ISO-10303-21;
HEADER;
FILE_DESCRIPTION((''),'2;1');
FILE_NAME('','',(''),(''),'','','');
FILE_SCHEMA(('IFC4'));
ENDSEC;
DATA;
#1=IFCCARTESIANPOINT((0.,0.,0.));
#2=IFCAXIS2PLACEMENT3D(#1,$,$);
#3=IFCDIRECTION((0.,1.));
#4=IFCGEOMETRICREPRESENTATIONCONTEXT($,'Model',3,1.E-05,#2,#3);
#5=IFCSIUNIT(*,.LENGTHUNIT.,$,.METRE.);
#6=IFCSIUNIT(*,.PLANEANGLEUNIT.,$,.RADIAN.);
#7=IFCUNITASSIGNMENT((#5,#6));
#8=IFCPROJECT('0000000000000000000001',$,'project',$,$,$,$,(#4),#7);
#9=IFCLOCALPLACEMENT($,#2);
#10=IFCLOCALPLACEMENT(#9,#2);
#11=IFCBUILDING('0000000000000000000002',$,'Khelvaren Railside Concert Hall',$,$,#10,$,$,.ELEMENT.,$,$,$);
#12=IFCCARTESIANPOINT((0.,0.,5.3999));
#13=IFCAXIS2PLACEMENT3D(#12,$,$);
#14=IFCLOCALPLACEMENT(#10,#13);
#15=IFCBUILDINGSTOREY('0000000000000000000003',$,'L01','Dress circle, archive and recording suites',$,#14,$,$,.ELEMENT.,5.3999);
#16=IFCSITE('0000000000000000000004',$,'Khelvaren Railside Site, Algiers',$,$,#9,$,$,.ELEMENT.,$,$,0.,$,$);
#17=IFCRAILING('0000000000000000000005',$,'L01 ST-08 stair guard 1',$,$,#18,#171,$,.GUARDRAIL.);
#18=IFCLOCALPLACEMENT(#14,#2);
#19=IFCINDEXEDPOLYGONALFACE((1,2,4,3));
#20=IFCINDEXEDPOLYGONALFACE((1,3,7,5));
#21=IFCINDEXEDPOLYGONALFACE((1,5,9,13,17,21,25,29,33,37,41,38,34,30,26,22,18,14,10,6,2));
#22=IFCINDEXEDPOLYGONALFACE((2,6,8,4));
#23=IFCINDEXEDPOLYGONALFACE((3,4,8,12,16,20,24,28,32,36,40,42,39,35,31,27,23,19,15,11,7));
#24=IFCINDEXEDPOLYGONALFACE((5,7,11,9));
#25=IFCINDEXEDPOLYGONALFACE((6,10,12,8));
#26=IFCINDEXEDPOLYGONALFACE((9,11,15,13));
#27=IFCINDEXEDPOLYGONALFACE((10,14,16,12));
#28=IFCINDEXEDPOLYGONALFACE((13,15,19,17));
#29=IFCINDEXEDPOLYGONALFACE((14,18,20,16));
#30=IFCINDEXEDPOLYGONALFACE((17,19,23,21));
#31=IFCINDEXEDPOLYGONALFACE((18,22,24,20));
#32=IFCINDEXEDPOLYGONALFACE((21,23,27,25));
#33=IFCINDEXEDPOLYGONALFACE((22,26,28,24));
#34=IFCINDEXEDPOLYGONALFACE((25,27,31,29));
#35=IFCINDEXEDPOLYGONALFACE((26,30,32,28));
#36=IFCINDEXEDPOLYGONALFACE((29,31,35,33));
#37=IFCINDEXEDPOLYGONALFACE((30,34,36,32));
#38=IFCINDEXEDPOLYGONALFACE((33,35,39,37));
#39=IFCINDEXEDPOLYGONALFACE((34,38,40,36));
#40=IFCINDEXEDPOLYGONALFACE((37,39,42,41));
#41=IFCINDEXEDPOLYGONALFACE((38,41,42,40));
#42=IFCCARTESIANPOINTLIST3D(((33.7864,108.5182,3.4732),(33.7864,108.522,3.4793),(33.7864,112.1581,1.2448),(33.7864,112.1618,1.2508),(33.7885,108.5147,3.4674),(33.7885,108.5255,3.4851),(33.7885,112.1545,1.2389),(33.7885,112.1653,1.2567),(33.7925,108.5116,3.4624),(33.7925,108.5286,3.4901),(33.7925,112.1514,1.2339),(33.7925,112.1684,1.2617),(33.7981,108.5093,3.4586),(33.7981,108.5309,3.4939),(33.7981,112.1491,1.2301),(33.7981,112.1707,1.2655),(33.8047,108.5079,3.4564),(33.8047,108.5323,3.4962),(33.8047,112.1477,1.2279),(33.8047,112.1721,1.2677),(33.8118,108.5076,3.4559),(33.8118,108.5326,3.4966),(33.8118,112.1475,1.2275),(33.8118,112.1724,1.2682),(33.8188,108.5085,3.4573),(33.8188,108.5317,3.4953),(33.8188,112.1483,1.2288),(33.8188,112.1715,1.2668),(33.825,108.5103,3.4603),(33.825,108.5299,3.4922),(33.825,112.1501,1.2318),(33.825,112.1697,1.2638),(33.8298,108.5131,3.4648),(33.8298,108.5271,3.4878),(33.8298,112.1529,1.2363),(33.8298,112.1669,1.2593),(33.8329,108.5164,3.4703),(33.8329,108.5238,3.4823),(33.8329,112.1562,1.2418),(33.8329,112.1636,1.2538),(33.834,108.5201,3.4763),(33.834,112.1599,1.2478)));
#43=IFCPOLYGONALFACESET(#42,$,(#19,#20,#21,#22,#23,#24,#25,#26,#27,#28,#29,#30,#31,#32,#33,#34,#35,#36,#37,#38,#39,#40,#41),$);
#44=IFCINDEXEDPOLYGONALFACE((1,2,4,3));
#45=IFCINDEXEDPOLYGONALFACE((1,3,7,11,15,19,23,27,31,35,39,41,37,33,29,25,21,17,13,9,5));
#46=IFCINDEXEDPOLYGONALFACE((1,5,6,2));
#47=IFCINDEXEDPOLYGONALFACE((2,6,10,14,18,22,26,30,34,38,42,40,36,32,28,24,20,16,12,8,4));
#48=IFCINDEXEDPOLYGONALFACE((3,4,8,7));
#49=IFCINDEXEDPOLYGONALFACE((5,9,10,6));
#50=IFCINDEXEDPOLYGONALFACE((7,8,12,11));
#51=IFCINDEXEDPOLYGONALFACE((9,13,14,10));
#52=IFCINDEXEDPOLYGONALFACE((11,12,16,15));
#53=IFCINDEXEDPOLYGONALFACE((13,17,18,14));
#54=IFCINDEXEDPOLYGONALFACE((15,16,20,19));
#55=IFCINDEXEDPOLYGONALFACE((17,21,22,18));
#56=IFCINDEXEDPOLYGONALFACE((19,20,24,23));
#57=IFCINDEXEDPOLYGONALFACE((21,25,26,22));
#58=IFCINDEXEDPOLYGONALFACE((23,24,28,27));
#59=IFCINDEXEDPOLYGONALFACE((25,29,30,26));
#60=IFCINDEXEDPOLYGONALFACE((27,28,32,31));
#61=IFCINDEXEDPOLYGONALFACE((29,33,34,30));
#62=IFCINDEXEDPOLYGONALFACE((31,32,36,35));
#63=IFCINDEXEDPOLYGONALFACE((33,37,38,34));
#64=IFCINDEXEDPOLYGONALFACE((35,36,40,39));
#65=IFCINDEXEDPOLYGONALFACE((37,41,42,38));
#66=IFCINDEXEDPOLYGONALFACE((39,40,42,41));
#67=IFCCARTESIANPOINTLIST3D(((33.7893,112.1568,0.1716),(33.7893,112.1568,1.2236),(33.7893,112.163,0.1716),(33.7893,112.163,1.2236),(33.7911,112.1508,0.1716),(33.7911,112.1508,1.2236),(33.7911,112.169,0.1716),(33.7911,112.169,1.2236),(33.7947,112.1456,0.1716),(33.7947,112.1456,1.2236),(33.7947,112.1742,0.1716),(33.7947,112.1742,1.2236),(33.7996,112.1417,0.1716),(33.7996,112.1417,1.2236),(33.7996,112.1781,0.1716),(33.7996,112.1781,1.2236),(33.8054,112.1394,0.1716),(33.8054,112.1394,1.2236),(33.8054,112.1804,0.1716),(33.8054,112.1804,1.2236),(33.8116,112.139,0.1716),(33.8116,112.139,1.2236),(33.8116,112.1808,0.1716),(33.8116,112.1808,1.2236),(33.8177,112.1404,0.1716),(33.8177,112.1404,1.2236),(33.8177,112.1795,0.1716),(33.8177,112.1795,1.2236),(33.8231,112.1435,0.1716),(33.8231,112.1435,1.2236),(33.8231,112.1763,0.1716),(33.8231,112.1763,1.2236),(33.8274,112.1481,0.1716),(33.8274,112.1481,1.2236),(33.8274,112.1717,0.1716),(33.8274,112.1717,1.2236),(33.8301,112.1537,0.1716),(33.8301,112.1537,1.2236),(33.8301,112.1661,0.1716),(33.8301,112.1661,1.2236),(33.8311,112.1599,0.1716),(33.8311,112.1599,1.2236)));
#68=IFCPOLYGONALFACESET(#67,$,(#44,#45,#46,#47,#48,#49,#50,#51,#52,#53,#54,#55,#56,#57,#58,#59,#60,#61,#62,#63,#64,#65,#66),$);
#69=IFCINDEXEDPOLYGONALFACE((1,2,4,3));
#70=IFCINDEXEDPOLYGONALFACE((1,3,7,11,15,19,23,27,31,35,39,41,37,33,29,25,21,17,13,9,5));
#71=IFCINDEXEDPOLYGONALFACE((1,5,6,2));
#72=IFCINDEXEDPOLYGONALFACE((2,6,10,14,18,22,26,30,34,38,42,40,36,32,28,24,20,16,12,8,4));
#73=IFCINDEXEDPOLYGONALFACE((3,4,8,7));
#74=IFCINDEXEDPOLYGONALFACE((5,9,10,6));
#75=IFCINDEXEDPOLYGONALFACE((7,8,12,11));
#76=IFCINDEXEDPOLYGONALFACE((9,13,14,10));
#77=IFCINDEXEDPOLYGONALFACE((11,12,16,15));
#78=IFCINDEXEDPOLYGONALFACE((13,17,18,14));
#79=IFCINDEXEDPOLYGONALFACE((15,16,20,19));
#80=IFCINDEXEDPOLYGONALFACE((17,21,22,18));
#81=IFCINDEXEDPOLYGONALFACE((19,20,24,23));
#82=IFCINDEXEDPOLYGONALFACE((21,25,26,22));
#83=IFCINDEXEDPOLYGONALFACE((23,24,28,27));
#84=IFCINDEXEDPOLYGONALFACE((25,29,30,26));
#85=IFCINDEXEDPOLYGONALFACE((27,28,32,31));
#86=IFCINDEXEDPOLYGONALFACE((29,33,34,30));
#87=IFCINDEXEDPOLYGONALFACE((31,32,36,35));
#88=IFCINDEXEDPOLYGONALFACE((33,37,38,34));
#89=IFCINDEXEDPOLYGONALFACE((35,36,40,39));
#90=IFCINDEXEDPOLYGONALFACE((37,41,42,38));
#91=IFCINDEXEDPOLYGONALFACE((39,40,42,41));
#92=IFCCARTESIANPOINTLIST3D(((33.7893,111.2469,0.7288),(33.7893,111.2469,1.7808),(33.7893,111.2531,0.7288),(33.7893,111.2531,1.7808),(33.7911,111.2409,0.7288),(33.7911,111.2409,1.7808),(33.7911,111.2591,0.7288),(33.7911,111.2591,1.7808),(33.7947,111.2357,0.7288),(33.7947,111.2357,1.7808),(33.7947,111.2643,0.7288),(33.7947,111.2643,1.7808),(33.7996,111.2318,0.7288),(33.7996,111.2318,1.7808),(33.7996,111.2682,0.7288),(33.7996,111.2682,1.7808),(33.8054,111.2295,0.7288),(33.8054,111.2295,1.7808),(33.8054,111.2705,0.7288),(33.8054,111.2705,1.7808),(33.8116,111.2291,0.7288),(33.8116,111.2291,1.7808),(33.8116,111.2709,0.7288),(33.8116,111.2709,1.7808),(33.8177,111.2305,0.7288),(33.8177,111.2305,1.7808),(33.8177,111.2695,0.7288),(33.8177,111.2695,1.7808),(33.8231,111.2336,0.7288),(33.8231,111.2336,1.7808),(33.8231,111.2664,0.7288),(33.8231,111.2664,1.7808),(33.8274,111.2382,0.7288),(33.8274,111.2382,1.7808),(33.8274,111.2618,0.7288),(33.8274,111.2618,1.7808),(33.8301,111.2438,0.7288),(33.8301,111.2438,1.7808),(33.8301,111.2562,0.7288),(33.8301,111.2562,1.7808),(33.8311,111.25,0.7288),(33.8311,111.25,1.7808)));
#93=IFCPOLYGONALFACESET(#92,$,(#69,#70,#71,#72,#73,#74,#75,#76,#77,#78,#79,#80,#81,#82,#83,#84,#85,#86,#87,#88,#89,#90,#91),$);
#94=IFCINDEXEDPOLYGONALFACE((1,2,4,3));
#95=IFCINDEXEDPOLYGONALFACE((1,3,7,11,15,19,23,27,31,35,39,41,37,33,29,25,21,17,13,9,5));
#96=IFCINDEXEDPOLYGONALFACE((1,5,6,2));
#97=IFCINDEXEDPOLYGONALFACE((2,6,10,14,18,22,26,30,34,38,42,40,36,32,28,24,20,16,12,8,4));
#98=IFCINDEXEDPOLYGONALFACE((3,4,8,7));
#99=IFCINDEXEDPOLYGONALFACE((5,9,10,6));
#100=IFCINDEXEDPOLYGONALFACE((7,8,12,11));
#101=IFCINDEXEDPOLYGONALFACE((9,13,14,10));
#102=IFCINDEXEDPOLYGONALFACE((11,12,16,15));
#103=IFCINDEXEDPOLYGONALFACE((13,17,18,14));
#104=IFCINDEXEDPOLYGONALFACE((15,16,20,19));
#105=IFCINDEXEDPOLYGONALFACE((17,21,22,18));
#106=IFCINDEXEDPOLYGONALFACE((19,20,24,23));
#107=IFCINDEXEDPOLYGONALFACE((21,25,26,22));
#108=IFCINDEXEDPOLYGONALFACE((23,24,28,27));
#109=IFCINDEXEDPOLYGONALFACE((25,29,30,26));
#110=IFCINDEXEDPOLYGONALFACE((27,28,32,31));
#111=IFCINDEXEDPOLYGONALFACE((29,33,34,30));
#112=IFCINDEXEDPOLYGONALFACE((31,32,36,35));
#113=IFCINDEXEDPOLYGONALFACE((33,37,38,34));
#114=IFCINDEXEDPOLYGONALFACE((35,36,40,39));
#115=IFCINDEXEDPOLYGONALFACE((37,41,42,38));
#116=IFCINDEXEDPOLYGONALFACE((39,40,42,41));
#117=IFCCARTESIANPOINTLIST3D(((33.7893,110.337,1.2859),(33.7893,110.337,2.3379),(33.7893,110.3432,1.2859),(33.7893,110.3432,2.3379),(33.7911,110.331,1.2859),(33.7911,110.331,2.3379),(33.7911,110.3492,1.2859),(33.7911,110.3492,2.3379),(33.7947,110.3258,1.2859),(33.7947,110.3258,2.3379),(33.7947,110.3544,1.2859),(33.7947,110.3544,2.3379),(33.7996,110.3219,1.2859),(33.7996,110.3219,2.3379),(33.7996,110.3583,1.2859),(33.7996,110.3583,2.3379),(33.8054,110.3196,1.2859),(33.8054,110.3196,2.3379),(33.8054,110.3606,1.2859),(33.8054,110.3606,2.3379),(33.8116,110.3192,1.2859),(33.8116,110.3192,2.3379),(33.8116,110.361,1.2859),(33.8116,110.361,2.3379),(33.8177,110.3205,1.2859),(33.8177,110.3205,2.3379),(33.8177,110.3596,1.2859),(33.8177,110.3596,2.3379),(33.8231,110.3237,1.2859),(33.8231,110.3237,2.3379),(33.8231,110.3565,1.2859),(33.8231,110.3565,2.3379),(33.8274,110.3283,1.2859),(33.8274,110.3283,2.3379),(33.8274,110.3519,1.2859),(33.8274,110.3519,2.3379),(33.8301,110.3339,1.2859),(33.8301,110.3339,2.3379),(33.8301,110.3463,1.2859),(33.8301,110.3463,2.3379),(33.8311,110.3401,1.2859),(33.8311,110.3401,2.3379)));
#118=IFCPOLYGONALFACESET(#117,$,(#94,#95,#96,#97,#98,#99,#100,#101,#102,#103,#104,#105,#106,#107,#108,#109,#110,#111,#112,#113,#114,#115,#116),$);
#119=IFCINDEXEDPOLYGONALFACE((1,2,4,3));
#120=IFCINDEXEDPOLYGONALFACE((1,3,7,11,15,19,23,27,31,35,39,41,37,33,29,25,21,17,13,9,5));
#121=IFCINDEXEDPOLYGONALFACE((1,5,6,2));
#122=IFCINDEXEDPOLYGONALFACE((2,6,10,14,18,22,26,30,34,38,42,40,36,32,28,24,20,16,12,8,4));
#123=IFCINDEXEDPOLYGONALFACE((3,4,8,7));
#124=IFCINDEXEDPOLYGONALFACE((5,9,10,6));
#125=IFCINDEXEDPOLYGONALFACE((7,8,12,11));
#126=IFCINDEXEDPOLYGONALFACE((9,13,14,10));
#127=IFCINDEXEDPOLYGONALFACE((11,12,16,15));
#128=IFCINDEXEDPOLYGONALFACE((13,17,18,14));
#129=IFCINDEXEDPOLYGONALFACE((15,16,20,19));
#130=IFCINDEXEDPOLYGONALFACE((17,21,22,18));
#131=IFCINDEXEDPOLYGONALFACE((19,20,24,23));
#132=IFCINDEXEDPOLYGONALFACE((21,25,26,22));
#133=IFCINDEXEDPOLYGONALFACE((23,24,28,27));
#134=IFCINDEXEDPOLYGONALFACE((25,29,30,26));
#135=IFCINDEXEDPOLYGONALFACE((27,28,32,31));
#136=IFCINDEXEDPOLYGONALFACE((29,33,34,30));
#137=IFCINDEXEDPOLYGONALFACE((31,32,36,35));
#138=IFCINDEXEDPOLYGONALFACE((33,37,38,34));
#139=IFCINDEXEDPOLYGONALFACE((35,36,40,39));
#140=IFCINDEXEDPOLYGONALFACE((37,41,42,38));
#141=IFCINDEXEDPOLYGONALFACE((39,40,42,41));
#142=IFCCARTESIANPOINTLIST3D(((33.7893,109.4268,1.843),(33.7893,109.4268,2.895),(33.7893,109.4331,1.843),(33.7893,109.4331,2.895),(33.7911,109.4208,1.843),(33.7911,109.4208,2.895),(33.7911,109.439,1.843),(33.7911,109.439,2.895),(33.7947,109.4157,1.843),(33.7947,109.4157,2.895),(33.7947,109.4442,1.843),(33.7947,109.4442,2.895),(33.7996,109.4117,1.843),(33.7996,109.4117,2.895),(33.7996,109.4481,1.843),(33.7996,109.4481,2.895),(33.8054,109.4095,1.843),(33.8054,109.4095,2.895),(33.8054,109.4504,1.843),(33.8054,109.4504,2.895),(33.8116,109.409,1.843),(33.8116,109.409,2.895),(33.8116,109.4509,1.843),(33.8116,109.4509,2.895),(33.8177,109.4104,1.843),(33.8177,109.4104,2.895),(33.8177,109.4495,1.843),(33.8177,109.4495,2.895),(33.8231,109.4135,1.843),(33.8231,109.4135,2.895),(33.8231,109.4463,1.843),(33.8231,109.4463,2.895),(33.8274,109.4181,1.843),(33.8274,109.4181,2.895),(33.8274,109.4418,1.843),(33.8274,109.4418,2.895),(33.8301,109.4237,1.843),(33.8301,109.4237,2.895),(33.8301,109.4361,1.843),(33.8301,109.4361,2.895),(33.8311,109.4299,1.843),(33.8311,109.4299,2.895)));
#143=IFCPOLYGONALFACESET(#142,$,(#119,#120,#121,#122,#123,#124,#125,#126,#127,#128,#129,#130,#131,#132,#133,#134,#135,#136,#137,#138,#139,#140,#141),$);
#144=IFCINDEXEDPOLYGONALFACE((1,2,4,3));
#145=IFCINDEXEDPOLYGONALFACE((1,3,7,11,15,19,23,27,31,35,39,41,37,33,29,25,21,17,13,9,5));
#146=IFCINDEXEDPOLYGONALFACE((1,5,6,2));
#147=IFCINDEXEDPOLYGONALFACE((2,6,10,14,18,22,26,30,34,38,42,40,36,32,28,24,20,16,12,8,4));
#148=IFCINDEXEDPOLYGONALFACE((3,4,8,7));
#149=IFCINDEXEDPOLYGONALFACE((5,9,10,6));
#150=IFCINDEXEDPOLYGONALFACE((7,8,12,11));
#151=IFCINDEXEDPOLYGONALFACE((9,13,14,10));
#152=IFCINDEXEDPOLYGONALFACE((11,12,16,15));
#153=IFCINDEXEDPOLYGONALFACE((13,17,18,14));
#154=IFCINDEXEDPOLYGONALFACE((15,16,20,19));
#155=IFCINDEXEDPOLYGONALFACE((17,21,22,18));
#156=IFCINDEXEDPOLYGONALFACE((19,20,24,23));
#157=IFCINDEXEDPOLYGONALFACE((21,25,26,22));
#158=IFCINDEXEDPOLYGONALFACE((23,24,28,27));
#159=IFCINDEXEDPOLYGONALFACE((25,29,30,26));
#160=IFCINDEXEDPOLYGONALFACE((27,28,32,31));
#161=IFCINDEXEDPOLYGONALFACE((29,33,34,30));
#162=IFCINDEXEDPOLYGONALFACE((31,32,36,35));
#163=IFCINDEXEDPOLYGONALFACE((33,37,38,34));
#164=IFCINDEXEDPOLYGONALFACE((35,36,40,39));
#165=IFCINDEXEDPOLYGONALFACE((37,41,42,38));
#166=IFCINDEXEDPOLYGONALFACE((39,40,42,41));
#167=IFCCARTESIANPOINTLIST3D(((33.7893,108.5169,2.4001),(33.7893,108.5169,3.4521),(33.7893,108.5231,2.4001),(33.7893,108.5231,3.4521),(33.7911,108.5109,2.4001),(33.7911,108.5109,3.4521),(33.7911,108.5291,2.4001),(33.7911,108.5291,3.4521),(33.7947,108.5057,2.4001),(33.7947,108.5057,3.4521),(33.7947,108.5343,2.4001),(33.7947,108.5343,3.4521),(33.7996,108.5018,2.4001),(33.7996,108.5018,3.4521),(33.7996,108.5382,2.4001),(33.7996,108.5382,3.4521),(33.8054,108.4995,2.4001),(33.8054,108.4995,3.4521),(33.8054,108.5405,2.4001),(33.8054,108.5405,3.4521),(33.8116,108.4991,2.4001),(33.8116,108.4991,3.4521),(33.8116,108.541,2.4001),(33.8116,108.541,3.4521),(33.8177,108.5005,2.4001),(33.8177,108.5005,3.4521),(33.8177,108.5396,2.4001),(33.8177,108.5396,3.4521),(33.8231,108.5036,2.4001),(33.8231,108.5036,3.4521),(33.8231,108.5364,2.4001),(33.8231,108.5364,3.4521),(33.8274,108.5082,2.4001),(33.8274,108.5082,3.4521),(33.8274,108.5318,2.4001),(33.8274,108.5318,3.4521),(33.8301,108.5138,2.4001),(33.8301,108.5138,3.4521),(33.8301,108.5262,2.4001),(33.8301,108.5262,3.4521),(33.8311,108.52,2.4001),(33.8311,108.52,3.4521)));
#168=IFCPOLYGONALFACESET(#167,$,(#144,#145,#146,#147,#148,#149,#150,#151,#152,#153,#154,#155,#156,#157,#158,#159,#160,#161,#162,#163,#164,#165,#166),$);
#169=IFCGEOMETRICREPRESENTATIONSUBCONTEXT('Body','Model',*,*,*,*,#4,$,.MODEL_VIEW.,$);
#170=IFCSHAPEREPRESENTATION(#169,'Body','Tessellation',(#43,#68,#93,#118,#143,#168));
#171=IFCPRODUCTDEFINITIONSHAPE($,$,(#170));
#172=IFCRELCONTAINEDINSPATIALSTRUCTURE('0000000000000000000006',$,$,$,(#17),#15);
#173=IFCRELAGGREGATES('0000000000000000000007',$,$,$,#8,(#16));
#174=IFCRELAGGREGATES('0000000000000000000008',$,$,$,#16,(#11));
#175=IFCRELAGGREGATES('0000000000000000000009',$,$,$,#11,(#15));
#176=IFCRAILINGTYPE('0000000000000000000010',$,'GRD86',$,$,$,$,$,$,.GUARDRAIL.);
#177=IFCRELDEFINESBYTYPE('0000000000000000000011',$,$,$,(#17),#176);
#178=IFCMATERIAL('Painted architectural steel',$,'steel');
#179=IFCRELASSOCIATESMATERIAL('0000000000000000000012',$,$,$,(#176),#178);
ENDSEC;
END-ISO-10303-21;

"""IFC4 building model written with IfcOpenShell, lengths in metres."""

from ifc_helpers import new_model, si_unit, direction, frame, origin, origin_2d, place, context, subcontext, project, spatial, circle, extrude, material, type_object, element, save


model = new_model("IFC4")

# Units and contexts
model_context = context("Model", 3, precision=1e-05, world=origin(), true_north=direction((0.0, 1.0)))
body_context = subcontext(model_context, "Body", "Model", "MODEL_VIEW")
ifc_project = project(units=[si_unit("LENGTHUNIT", "METRE"), si_unit("PLANEANGLEUNIT", "RADIAN")], contexts=[model_context])

# Site, building, storey
site_placement = place(None, origin())
site = spatial("IfcSite", under=ifc_project, at=site_placement, Name="Khelvaren Railside Site, Algiers", CompositionType="ELEMENT", RefElevation=0.0)
building_placement = place(site_placement, origin())
building = spatial("IfcBuilding", under=site, at=building_placement, Name="Khelvaren Railside Concert Hall", CompositionType="ELEMENT")
storey_placement = place(building_placement, frame((0.0, 0.0, 5.3999)))
storey = spatial("IfcBuildingStorey", under=building, at=storey_placement, Name="L01", Description="Dress circle, archive and recording suites", CompositionType="ELEMENT", Elevation=5.3999)

# Railing
ifc_material_1 = material(Name="Painted architectural steel", Category="steel")
railing_type_1 = type_object("IfcRailingType", Name="GRD86", PredefinedType="GUARDRAIL", material=ifc_material_1)
railing_1_placement = place(storey_placement, frame((33.8101, 112.1599, 0.1716)))
element("IfcRailing", 1, at=railing_1_placement, inside=storey, type_object=railing_type_1, Name="L01 ST-08 stair guard 1", PredefinedType="GUARDRAIL", context=body_context, shape_type="SweptSolid", body=[
    extrude(circle(Radius=0.0239, at=origin_2d()), frame((0.0, 0.0, 1.0762), z_axis=(0.0, -0.85285, 0.522156), x_axis=(1.0, 0.0, 0.0)), (0.0, 0.0, 1.0), 4.2678),
    extrude(circle(Radius=0.021, at=origin_2d()), origin(), (0.0, 0.0, 1.0), 1.052),
    extrude(circle(Radius=0.021, at=origin_2d()), frame((0.0, -0.9099, 0.5571)), (0.0, 0.0, 1.0), 1.052),
    extrude(circle(Radius=0.021, at=origin_2d()), frame((0.0, -1.8198, 1.1143)), (0.0, 0.0, 1.0), 1.052),
    extrude(circle(Radius=0.021, at=origin_2d()), frame((0.0, -2.73, 1.6714)), (0.0, 0.0, 1.0), 1.052),
    extrude(circle(Radius=0.021, at=origin_2d()), frame((0.0, -3.6399, 2.2285)), (0.0, 0.0, 1.0), 1.052),
])

save(model, "model.ifc")
